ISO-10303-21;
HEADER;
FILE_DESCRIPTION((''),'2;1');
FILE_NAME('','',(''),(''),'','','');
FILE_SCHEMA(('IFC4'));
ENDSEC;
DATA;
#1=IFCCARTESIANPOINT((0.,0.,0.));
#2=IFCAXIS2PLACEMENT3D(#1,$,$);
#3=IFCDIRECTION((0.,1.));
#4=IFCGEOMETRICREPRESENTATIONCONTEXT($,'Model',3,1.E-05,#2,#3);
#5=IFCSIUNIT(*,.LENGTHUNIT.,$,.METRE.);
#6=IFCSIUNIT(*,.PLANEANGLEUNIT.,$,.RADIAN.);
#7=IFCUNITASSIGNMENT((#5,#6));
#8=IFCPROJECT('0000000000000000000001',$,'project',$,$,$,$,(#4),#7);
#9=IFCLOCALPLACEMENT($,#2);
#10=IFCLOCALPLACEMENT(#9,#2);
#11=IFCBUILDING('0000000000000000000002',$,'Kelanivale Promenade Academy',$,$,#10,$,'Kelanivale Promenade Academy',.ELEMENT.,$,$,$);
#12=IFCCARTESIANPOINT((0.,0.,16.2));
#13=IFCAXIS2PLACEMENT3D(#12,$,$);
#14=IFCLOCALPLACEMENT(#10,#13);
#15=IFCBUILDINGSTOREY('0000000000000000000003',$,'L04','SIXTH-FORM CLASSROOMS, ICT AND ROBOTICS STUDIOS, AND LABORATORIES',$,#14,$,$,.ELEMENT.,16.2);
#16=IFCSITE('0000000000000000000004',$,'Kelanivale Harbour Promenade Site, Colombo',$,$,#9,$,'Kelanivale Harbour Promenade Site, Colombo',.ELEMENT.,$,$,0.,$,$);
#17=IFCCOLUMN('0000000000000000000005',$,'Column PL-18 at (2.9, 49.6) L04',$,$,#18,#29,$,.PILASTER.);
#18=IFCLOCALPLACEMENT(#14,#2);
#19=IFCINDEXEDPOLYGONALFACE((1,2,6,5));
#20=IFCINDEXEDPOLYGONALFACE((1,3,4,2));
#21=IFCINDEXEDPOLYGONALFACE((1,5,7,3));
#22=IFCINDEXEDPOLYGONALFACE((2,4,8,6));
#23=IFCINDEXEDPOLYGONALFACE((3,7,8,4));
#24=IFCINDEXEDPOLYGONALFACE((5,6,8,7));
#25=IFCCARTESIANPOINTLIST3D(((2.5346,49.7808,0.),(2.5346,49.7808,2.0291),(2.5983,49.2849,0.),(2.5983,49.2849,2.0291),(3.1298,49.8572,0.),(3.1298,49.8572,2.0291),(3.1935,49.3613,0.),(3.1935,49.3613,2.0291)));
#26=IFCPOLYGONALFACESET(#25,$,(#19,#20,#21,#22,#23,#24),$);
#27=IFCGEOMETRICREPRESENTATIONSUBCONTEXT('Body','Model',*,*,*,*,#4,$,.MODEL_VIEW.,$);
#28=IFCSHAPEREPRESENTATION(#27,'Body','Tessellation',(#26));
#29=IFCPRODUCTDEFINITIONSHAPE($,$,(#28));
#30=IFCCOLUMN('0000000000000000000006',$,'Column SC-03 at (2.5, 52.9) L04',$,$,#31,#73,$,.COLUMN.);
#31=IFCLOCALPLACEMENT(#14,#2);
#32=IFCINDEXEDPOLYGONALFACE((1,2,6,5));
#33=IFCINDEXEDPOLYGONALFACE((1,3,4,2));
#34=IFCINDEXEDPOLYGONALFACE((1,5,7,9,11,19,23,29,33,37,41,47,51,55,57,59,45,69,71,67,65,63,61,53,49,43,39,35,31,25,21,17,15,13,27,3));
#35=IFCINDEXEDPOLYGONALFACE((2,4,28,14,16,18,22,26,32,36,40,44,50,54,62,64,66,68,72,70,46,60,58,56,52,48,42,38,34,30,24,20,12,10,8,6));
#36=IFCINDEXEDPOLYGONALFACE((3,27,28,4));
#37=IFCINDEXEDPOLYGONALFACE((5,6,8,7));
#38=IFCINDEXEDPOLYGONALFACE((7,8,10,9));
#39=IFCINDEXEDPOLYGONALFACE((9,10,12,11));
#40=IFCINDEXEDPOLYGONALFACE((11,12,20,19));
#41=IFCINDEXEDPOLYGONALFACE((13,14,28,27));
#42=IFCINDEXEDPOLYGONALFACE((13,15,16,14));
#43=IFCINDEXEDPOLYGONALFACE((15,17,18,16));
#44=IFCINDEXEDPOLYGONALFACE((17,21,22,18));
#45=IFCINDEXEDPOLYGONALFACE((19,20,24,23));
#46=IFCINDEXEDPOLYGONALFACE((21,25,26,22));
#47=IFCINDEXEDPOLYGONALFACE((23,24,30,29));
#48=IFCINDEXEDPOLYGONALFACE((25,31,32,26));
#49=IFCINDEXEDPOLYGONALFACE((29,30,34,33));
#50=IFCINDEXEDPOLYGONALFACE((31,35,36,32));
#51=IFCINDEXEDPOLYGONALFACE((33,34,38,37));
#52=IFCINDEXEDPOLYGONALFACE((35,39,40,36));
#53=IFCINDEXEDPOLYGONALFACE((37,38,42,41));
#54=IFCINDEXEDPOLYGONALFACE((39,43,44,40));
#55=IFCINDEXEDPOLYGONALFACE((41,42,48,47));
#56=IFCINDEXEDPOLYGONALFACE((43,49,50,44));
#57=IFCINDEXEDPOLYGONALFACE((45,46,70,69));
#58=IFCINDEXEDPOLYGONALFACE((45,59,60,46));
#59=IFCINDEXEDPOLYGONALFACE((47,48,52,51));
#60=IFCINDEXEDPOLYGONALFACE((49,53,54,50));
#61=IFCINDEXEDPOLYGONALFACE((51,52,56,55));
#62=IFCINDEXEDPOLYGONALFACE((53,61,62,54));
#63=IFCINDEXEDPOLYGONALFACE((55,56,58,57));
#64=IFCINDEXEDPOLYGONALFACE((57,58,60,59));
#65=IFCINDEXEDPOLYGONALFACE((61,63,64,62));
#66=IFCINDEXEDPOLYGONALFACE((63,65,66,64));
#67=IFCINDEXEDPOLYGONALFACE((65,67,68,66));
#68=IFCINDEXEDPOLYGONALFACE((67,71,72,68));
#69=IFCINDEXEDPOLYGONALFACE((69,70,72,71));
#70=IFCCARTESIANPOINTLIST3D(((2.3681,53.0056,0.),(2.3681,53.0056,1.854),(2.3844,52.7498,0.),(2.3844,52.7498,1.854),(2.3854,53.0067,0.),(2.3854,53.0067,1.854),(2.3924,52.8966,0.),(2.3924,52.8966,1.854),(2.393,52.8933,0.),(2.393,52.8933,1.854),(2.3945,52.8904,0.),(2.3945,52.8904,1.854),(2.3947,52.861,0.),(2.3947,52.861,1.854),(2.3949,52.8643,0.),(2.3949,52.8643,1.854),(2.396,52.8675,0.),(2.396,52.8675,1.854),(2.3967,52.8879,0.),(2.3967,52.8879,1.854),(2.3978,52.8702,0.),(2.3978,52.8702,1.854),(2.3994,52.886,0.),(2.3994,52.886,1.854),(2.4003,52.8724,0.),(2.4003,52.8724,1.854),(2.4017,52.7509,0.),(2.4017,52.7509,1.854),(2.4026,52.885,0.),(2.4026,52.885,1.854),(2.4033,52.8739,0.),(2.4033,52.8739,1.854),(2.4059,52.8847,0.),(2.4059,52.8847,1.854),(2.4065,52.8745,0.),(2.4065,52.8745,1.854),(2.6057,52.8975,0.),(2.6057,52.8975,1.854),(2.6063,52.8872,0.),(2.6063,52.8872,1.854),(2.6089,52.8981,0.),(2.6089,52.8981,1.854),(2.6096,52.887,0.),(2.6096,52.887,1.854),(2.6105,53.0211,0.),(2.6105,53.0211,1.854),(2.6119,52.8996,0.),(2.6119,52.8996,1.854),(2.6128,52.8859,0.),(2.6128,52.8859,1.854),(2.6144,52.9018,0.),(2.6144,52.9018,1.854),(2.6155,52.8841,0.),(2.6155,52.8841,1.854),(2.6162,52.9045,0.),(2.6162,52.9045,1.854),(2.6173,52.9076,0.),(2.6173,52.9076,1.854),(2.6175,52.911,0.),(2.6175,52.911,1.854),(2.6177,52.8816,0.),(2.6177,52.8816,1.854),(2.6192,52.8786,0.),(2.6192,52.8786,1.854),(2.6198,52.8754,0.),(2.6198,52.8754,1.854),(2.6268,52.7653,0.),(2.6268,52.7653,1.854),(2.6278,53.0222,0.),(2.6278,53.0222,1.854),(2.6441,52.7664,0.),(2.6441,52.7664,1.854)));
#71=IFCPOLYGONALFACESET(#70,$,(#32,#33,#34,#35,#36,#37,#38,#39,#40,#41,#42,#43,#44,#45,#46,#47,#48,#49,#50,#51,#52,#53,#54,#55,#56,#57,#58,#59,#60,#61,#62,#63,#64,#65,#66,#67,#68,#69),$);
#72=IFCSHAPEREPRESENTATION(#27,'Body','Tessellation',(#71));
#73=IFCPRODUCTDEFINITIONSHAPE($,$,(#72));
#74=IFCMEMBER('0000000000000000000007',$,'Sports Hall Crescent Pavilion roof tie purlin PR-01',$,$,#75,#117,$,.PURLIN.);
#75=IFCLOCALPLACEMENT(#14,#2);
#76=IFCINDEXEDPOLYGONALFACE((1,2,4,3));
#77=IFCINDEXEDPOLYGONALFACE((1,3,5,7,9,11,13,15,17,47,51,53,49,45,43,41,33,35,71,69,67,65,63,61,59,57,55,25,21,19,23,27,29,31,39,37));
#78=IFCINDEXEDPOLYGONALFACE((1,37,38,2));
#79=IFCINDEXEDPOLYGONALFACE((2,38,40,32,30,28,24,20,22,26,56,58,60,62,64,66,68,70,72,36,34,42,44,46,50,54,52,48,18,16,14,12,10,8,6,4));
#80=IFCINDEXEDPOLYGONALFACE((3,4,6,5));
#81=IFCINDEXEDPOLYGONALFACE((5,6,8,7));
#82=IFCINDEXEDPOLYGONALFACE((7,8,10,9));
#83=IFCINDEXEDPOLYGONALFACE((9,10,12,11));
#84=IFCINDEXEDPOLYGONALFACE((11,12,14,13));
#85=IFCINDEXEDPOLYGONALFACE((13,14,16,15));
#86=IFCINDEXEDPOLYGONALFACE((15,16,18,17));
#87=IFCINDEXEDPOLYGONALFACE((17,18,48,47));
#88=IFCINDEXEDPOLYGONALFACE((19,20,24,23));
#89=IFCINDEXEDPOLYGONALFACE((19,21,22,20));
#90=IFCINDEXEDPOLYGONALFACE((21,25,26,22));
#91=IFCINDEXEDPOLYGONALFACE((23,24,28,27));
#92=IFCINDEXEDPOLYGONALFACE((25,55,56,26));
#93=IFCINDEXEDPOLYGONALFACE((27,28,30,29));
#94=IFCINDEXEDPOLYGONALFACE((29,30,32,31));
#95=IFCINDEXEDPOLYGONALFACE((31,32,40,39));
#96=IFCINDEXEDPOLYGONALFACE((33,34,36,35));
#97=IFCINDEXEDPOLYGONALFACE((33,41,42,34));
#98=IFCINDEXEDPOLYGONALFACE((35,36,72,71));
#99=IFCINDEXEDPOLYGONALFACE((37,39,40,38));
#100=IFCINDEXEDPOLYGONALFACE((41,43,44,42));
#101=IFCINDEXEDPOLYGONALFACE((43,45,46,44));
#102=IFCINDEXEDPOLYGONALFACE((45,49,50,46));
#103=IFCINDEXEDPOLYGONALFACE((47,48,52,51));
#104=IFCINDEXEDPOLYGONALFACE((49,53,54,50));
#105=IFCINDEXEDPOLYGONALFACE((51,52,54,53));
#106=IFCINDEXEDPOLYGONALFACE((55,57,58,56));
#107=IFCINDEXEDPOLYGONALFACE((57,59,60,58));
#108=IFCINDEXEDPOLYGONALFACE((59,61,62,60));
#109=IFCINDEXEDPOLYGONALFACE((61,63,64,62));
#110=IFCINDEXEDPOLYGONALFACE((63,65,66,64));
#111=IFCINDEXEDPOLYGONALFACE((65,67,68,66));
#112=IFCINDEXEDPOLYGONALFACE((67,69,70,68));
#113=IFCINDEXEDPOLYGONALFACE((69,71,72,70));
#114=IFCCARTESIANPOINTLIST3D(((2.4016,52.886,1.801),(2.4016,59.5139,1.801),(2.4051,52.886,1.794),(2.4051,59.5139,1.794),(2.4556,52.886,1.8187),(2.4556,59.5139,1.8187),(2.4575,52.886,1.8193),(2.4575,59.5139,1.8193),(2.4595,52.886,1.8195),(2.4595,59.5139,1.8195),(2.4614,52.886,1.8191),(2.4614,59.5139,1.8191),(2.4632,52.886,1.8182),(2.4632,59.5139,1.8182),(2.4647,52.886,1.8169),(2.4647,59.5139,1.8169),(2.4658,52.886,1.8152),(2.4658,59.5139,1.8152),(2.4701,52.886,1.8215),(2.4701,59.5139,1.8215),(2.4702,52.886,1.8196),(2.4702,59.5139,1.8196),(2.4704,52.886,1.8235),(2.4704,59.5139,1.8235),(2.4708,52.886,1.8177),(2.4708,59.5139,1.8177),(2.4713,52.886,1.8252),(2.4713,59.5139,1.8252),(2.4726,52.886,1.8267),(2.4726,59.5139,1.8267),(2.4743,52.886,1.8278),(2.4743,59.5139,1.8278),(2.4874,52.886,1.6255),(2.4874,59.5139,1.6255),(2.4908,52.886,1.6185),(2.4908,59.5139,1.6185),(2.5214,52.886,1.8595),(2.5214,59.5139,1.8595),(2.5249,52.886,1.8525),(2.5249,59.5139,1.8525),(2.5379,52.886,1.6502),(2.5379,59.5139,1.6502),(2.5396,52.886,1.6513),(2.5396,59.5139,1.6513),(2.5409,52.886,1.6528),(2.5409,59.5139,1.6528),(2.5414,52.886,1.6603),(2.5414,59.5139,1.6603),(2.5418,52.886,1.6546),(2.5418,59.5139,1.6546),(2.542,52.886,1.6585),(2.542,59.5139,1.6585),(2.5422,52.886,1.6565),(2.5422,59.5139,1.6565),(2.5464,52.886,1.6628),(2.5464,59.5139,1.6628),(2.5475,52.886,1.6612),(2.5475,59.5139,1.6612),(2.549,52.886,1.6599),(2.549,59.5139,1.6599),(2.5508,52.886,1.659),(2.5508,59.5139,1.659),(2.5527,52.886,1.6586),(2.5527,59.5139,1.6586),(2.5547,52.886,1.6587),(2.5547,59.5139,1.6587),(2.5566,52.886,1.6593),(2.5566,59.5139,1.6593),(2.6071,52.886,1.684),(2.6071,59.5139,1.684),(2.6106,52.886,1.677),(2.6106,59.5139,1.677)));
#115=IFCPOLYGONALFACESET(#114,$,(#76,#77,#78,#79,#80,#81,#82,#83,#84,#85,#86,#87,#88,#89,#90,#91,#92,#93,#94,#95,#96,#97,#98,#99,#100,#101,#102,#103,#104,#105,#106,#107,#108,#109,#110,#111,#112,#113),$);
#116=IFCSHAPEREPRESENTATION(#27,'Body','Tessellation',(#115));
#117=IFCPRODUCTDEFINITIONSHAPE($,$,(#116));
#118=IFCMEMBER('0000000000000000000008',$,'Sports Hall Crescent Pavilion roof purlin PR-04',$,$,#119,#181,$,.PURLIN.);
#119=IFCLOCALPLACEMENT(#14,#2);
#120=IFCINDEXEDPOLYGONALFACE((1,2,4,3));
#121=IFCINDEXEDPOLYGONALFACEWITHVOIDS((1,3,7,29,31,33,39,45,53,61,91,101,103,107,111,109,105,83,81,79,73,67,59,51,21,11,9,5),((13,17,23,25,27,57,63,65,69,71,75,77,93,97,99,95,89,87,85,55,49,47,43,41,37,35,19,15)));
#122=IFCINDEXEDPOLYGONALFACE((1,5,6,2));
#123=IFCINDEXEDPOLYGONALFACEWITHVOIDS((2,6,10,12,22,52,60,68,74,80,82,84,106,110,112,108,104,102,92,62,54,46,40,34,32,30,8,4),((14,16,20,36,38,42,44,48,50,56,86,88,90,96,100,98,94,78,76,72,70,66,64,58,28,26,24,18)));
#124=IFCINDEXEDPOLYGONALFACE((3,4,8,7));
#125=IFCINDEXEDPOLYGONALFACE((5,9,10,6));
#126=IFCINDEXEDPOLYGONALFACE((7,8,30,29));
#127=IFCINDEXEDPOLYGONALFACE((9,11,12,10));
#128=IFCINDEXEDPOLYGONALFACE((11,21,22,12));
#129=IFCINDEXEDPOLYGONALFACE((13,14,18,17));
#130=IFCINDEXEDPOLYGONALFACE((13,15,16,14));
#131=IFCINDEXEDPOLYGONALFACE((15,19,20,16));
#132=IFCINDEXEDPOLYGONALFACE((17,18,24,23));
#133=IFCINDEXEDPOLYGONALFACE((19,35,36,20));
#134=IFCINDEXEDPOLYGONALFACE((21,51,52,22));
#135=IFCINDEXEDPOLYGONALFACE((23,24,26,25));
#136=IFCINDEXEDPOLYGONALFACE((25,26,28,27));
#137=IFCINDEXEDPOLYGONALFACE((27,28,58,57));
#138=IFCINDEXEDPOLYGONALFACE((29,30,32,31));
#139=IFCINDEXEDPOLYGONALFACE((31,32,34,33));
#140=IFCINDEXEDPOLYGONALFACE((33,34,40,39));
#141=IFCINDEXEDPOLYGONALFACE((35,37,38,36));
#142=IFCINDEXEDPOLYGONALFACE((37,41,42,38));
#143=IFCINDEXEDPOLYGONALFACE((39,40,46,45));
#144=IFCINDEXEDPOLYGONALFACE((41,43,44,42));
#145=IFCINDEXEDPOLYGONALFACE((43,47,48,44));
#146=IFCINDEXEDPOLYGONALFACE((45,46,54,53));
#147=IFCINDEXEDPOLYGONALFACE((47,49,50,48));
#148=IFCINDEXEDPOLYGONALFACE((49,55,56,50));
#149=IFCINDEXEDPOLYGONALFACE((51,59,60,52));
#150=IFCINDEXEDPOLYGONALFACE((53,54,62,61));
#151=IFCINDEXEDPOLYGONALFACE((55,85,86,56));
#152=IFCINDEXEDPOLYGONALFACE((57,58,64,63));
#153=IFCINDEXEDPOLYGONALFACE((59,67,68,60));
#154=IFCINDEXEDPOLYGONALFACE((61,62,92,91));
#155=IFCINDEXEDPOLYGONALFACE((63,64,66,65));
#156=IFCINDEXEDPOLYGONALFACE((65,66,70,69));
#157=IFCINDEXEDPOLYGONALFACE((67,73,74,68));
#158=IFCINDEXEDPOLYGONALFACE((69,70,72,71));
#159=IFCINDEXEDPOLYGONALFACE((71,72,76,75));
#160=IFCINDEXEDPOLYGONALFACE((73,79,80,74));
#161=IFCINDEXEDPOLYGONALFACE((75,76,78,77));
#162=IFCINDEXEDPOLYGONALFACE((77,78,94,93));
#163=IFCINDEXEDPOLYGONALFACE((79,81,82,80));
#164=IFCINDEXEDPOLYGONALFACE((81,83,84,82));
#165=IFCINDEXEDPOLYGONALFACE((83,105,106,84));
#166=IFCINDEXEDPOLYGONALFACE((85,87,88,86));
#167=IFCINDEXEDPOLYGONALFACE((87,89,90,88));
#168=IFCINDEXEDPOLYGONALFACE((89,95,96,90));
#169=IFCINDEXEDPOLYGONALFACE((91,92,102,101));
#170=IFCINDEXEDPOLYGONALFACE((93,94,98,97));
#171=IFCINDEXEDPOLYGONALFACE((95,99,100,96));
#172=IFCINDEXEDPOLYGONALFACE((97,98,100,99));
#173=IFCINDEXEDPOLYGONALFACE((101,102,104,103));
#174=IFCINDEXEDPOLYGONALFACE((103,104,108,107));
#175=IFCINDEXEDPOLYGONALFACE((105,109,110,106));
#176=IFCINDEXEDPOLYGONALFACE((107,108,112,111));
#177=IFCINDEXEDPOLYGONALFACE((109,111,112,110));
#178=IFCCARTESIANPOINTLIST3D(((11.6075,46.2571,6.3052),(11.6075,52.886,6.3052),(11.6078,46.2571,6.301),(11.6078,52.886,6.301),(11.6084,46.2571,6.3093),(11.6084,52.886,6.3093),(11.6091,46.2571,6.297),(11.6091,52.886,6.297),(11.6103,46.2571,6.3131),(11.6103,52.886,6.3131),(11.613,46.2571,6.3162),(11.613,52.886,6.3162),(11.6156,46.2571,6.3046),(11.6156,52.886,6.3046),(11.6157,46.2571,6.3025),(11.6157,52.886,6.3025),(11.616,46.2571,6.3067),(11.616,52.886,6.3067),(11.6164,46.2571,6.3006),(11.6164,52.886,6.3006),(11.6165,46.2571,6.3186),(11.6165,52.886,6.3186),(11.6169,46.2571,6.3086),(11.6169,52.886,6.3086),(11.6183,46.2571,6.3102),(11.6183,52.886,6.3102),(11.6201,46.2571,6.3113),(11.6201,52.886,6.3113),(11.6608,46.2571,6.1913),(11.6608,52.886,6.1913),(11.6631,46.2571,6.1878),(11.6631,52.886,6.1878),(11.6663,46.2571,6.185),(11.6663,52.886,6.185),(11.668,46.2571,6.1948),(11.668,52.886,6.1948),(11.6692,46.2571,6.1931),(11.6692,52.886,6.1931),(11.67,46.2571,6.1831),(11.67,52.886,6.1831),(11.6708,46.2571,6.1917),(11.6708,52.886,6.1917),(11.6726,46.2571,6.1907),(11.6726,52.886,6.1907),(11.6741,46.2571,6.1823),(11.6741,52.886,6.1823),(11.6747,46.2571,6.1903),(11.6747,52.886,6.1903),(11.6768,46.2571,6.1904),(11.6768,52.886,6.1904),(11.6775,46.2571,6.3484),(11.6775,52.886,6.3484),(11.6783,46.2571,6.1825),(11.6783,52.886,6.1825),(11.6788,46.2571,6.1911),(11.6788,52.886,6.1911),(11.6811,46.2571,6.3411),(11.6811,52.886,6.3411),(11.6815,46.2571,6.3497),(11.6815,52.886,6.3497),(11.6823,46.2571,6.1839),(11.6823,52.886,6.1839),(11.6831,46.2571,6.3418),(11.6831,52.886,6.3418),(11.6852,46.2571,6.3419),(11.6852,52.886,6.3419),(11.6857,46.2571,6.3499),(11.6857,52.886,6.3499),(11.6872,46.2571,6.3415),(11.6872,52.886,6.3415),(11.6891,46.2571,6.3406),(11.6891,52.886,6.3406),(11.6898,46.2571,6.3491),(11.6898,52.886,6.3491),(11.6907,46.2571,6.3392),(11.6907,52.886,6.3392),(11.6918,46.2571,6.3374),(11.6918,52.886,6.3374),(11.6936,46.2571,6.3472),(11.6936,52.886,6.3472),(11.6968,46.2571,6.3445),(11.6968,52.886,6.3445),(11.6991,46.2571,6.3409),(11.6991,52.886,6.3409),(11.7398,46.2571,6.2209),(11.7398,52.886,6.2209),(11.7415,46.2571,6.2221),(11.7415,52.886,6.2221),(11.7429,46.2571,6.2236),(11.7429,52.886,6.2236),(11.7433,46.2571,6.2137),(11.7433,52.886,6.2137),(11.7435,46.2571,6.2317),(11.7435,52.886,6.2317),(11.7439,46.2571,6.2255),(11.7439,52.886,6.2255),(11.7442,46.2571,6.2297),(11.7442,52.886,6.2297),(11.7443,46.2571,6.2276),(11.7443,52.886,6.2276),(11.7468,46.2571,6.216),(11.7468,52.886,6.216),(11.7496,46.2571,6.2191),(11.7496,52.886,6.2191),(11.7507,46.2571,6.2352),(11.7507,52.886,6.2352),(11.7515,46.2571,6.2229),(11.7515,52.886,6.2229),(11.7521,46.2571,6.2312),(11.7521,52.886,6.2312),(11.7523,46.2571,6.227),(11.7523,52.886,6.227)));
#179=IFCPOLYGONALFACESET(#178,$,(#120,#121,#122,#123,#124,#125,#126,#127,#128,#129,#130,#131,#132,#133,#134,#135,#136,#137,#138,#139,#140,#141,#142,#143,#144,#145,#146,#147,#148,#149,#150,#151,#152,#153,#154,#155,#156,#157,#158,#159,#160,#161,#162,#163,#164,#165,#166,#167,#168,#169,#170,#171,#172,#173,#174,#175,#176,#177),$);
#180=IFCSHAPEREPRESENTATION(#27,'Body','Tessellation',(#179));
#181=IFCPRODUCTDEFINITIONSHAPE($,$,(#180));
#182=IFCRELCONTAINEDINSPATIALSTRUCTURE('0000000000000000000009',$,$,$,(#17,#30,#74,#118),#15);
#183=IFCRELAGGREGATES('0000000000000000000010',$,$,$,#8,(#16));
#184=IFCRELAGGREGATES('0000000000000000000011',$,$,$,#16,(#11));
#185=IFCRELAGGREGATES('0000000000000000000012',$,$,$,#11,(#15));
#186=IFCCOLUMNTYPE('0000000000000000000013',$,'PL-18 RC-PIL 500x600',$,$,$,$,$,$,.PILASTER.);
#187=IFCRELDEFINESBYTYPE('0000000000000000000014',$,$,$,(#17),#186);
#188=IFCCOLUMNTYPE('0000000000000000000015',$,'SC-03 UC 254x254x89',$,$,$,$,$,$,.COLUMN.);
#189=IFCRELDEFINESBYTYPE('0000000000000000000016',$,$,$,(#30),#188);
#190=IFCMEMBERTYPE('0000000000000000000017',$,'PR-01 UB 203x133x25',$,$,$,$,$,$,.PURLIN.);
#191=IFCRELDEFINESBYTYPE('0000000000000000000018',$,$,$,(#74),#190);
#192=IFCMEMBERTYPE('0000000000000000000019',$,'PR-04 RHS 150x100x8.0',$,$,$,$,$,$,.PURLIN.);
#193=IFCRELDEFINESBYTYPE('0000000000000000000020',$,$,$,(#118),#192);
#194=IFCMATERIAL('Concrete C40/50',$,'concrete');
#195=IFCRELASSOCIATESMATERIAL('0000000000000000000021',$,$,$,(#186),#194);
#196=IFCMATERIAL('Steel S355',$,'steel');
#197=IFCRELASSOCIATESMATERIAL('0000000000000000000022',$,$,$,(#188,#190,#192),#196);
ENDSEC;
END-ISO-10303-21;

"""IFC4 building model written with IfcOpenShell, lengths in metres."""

from ifc_helpers import new_model, si_unit, direction, frame, origin, origin_2d, place, context, subcontext, project, spatial, rectangle, hollow_rectangle, i_section, extrude, material, material_profile, profile_set, type_object, element, save


model = new_model("IFC4")

# Units and contexts
model_context = context("Model", 3, precision=1e-05, world=origin(), true_north=direction((0.0, 1.0)))
body_context = subcontext(model_context, "Body", "Model", "MODEL_VIEW")
ifc_project = project(units=[si_unit("LENGTHUNIT", "METRE"), si_unit("PLANEANGLEUNIT", "RADIAN")], contexts=[model_context])

# Site, building, storey
site_placement = place(None, origin())
site = spatial("IfcSite", under=ifc_project, at=site_placement, Name="Kelanivale Harbour Promenade Site, Colombo", LongName="Kelanivale Harbour Promenade Site, Colombo", CompositionType="ELEMENT", RefElevation=0.0)
building_placement = place(site_placement, origin())
building = spatial("IfcBuilding", under=site, at=building_placement, Name="Kelanivale Promenade Academy", LongName="Kelanivale Promenade Academy", CompositionType="ELEMENT")
storey_placement = place(building_placement, frame((0.0, 0.0, 16.2)))
storey = spatial("IfcBuildingStorey", under=building, at=storey_placement, Name="L04", Description="SIXTH-FORM CLASSROOMS, ICT AND ROBOTICS STUDIOS, AND LABORATORIES", CompositionType="ELEMENT", Elevation=16.2)

# Columns
ifc_material_1 = material(Name="Concrete C40/50", Category="concrete")
ifc_material_profile_1 = material_profile(ifc_material_1, rectangle(XDim=0.5, YDim=0.6001, at=origin_2d()), Name="RC-PIL 500x600")
ifc_profile_set_1 = profile_set([ifc_material_profile_1], Name="Concrete C40/50")
column_type_1 = type_object("IfcColumnType", Name="PL-18 RC-PIL 500x600", PredefinedType="PILASTER", material=ifc_profile_set_1)
column_1_placement = place(storey_placement, frame((2.864, 49.571, 0.0), z_axis=(0.0, 0.0, 1.0), x_axis=(-0.127411, 0.99185, 0.0)))
element("IfcColumn", 1, at=column_1_placement, inside=storey, type_object=column_type_1, Name="Column PL-18 at (2.9, 49.6) L04", PredefinedType="PILASTER", context=body_context, shape_type="SweptSolid", body=[
    extrude(rectangle(XDim=0.5, YDim=0.6001, at=origin_2d()), origin(), (0.0, 0.0, 1.0), 2.0291),
])
ifc_material_2 = material(Name="Steel S355", Category="steel")
ifc_material_profile_2 = material_profile(ifc_material_2, i_section(OverallWidth=0.2563, OverallDepth=0.2603, WebThickness=0.0103, FlangeThickness=0.0173, FilletRadius=0.0127, at=origin_2d()), Name="UC 254x254x89")
ifc_profile_set_2 = profile_set([ifc_material_profile_2], Name="Steel S355")
column_type_2 = type_object("IfcColumnType", Name="SC-03 UC 254x254x89", PredefinedType="COLUMN", material=ifc_profile_set_2)
column_2_placement = place(storey_placement, frame((2.5061, 52.886, 0.0), z_axis=(0.0, 0.0, 1.0), x_axis=(-0.063661, 0.997972, 0.0)))
element("IfcColumn", 2, at=column_2_placement, inside=storey, type_object=column_type_2, Name="Column SC-03 at (2.5, 52.9) L04", PredefinedType="COLUMN", context=body_context, shape_type="SweptSolid", body=[
    extrude(i_section(OverallWidth=0.2563, OverallDepth=0.2603, WebThickness=0.0103, FlangeThickness=0.0173, FilletRadius=0.0127, at=origin_2d()), origin(), (0.0, 0.0, 1.0), 1.854),
])

# Members
ifc_material_profile_3 = material_profile(ifc_material_2, i_section(OverallWidth=0.1333, OverallDepth=0.2031, WebThickness=0.0056, FlangeThickness=0.0078, FilletRadius=0.0076, at=origin_2d()), Name="UB 203x133x25")
ifc_profile_set_3 = profile_set([ifc_material_profile_3], Name="Steel S355")
member_type_1 = type_object("IfcMemberType", Name="PR-01 UB 203x133x25", PredefinedType="PURLIN", material=ifc_profile_set_3)
member_1_placement = place(storey_placement, frame((2.5061, 52.886, 1.739), z_axis=(0.0, 1.0, 0.0), x_axis=(-0.898564, 0.0, -0.438842)))
element("IfcMember", 3, at=member_1_placement, inside=storey, type_object=member_type_1, Name="Sports Hall Crescent Pavilion roof tie purlin PR-01", PredefinedType="PURLIN", context=body_context, shape_type="SweptSolid", body=[
    extrude(i_section(OverallWidth=0.1333, OverallDepth=0.2031, WebThickness=0.0056, FlangeThickness=0.0078, FilletRadius=0.0076, at=origin_2d()), origin(), (0.0, 0.0, 1.0), 6.6279),
])
ifc_material_profile_4 = material_profile(ifc_material_2, hollow_rectangle(XDim=0.1001, YDim=0.1499, WallThickness=0.0081, InnerFilletRadius=0.0081, OuterFilletRadius=0.0161, at=origin_2d()), Name="RHS 150x100x8.0")
ifc_profile_set_4 = profile_set([ifc_material_profile_4], Name="Steel S355")
member_type_2 = type_object("IfcMemberType", Name="PR-04 RHS 150x100x8.0", PredefinedType="PURLIN", material=ifc_profile_set_4)
member_2_placement = place(storey_placement, frame((11.6799, 46.2571, 6.2661), z_axis=(0.0, 1.0, 0.0), x_axis=(-0.898564, 0.0, -0.438842)))
element("IfcMember", 4, at=member_2_placement, inside=storey, type_object=member_type_2, Name="Sports Hall Crescent Pavilion roof purlin PR-04", PredefinedType="PURLIN", context=body_context, shape_type="SweptSolid", body=[
    extrude(hollow_rectangle(XDim=0.1001, YDim=0.1499, WallThickness=0.0081, InnerFilletRadius=0.0081, OuterFilletRadius=0.0161, at=origin_2d()), origin(), (0.0, 0.0, 1.0), 6.6289),
])

save(model, "model.ifc")
